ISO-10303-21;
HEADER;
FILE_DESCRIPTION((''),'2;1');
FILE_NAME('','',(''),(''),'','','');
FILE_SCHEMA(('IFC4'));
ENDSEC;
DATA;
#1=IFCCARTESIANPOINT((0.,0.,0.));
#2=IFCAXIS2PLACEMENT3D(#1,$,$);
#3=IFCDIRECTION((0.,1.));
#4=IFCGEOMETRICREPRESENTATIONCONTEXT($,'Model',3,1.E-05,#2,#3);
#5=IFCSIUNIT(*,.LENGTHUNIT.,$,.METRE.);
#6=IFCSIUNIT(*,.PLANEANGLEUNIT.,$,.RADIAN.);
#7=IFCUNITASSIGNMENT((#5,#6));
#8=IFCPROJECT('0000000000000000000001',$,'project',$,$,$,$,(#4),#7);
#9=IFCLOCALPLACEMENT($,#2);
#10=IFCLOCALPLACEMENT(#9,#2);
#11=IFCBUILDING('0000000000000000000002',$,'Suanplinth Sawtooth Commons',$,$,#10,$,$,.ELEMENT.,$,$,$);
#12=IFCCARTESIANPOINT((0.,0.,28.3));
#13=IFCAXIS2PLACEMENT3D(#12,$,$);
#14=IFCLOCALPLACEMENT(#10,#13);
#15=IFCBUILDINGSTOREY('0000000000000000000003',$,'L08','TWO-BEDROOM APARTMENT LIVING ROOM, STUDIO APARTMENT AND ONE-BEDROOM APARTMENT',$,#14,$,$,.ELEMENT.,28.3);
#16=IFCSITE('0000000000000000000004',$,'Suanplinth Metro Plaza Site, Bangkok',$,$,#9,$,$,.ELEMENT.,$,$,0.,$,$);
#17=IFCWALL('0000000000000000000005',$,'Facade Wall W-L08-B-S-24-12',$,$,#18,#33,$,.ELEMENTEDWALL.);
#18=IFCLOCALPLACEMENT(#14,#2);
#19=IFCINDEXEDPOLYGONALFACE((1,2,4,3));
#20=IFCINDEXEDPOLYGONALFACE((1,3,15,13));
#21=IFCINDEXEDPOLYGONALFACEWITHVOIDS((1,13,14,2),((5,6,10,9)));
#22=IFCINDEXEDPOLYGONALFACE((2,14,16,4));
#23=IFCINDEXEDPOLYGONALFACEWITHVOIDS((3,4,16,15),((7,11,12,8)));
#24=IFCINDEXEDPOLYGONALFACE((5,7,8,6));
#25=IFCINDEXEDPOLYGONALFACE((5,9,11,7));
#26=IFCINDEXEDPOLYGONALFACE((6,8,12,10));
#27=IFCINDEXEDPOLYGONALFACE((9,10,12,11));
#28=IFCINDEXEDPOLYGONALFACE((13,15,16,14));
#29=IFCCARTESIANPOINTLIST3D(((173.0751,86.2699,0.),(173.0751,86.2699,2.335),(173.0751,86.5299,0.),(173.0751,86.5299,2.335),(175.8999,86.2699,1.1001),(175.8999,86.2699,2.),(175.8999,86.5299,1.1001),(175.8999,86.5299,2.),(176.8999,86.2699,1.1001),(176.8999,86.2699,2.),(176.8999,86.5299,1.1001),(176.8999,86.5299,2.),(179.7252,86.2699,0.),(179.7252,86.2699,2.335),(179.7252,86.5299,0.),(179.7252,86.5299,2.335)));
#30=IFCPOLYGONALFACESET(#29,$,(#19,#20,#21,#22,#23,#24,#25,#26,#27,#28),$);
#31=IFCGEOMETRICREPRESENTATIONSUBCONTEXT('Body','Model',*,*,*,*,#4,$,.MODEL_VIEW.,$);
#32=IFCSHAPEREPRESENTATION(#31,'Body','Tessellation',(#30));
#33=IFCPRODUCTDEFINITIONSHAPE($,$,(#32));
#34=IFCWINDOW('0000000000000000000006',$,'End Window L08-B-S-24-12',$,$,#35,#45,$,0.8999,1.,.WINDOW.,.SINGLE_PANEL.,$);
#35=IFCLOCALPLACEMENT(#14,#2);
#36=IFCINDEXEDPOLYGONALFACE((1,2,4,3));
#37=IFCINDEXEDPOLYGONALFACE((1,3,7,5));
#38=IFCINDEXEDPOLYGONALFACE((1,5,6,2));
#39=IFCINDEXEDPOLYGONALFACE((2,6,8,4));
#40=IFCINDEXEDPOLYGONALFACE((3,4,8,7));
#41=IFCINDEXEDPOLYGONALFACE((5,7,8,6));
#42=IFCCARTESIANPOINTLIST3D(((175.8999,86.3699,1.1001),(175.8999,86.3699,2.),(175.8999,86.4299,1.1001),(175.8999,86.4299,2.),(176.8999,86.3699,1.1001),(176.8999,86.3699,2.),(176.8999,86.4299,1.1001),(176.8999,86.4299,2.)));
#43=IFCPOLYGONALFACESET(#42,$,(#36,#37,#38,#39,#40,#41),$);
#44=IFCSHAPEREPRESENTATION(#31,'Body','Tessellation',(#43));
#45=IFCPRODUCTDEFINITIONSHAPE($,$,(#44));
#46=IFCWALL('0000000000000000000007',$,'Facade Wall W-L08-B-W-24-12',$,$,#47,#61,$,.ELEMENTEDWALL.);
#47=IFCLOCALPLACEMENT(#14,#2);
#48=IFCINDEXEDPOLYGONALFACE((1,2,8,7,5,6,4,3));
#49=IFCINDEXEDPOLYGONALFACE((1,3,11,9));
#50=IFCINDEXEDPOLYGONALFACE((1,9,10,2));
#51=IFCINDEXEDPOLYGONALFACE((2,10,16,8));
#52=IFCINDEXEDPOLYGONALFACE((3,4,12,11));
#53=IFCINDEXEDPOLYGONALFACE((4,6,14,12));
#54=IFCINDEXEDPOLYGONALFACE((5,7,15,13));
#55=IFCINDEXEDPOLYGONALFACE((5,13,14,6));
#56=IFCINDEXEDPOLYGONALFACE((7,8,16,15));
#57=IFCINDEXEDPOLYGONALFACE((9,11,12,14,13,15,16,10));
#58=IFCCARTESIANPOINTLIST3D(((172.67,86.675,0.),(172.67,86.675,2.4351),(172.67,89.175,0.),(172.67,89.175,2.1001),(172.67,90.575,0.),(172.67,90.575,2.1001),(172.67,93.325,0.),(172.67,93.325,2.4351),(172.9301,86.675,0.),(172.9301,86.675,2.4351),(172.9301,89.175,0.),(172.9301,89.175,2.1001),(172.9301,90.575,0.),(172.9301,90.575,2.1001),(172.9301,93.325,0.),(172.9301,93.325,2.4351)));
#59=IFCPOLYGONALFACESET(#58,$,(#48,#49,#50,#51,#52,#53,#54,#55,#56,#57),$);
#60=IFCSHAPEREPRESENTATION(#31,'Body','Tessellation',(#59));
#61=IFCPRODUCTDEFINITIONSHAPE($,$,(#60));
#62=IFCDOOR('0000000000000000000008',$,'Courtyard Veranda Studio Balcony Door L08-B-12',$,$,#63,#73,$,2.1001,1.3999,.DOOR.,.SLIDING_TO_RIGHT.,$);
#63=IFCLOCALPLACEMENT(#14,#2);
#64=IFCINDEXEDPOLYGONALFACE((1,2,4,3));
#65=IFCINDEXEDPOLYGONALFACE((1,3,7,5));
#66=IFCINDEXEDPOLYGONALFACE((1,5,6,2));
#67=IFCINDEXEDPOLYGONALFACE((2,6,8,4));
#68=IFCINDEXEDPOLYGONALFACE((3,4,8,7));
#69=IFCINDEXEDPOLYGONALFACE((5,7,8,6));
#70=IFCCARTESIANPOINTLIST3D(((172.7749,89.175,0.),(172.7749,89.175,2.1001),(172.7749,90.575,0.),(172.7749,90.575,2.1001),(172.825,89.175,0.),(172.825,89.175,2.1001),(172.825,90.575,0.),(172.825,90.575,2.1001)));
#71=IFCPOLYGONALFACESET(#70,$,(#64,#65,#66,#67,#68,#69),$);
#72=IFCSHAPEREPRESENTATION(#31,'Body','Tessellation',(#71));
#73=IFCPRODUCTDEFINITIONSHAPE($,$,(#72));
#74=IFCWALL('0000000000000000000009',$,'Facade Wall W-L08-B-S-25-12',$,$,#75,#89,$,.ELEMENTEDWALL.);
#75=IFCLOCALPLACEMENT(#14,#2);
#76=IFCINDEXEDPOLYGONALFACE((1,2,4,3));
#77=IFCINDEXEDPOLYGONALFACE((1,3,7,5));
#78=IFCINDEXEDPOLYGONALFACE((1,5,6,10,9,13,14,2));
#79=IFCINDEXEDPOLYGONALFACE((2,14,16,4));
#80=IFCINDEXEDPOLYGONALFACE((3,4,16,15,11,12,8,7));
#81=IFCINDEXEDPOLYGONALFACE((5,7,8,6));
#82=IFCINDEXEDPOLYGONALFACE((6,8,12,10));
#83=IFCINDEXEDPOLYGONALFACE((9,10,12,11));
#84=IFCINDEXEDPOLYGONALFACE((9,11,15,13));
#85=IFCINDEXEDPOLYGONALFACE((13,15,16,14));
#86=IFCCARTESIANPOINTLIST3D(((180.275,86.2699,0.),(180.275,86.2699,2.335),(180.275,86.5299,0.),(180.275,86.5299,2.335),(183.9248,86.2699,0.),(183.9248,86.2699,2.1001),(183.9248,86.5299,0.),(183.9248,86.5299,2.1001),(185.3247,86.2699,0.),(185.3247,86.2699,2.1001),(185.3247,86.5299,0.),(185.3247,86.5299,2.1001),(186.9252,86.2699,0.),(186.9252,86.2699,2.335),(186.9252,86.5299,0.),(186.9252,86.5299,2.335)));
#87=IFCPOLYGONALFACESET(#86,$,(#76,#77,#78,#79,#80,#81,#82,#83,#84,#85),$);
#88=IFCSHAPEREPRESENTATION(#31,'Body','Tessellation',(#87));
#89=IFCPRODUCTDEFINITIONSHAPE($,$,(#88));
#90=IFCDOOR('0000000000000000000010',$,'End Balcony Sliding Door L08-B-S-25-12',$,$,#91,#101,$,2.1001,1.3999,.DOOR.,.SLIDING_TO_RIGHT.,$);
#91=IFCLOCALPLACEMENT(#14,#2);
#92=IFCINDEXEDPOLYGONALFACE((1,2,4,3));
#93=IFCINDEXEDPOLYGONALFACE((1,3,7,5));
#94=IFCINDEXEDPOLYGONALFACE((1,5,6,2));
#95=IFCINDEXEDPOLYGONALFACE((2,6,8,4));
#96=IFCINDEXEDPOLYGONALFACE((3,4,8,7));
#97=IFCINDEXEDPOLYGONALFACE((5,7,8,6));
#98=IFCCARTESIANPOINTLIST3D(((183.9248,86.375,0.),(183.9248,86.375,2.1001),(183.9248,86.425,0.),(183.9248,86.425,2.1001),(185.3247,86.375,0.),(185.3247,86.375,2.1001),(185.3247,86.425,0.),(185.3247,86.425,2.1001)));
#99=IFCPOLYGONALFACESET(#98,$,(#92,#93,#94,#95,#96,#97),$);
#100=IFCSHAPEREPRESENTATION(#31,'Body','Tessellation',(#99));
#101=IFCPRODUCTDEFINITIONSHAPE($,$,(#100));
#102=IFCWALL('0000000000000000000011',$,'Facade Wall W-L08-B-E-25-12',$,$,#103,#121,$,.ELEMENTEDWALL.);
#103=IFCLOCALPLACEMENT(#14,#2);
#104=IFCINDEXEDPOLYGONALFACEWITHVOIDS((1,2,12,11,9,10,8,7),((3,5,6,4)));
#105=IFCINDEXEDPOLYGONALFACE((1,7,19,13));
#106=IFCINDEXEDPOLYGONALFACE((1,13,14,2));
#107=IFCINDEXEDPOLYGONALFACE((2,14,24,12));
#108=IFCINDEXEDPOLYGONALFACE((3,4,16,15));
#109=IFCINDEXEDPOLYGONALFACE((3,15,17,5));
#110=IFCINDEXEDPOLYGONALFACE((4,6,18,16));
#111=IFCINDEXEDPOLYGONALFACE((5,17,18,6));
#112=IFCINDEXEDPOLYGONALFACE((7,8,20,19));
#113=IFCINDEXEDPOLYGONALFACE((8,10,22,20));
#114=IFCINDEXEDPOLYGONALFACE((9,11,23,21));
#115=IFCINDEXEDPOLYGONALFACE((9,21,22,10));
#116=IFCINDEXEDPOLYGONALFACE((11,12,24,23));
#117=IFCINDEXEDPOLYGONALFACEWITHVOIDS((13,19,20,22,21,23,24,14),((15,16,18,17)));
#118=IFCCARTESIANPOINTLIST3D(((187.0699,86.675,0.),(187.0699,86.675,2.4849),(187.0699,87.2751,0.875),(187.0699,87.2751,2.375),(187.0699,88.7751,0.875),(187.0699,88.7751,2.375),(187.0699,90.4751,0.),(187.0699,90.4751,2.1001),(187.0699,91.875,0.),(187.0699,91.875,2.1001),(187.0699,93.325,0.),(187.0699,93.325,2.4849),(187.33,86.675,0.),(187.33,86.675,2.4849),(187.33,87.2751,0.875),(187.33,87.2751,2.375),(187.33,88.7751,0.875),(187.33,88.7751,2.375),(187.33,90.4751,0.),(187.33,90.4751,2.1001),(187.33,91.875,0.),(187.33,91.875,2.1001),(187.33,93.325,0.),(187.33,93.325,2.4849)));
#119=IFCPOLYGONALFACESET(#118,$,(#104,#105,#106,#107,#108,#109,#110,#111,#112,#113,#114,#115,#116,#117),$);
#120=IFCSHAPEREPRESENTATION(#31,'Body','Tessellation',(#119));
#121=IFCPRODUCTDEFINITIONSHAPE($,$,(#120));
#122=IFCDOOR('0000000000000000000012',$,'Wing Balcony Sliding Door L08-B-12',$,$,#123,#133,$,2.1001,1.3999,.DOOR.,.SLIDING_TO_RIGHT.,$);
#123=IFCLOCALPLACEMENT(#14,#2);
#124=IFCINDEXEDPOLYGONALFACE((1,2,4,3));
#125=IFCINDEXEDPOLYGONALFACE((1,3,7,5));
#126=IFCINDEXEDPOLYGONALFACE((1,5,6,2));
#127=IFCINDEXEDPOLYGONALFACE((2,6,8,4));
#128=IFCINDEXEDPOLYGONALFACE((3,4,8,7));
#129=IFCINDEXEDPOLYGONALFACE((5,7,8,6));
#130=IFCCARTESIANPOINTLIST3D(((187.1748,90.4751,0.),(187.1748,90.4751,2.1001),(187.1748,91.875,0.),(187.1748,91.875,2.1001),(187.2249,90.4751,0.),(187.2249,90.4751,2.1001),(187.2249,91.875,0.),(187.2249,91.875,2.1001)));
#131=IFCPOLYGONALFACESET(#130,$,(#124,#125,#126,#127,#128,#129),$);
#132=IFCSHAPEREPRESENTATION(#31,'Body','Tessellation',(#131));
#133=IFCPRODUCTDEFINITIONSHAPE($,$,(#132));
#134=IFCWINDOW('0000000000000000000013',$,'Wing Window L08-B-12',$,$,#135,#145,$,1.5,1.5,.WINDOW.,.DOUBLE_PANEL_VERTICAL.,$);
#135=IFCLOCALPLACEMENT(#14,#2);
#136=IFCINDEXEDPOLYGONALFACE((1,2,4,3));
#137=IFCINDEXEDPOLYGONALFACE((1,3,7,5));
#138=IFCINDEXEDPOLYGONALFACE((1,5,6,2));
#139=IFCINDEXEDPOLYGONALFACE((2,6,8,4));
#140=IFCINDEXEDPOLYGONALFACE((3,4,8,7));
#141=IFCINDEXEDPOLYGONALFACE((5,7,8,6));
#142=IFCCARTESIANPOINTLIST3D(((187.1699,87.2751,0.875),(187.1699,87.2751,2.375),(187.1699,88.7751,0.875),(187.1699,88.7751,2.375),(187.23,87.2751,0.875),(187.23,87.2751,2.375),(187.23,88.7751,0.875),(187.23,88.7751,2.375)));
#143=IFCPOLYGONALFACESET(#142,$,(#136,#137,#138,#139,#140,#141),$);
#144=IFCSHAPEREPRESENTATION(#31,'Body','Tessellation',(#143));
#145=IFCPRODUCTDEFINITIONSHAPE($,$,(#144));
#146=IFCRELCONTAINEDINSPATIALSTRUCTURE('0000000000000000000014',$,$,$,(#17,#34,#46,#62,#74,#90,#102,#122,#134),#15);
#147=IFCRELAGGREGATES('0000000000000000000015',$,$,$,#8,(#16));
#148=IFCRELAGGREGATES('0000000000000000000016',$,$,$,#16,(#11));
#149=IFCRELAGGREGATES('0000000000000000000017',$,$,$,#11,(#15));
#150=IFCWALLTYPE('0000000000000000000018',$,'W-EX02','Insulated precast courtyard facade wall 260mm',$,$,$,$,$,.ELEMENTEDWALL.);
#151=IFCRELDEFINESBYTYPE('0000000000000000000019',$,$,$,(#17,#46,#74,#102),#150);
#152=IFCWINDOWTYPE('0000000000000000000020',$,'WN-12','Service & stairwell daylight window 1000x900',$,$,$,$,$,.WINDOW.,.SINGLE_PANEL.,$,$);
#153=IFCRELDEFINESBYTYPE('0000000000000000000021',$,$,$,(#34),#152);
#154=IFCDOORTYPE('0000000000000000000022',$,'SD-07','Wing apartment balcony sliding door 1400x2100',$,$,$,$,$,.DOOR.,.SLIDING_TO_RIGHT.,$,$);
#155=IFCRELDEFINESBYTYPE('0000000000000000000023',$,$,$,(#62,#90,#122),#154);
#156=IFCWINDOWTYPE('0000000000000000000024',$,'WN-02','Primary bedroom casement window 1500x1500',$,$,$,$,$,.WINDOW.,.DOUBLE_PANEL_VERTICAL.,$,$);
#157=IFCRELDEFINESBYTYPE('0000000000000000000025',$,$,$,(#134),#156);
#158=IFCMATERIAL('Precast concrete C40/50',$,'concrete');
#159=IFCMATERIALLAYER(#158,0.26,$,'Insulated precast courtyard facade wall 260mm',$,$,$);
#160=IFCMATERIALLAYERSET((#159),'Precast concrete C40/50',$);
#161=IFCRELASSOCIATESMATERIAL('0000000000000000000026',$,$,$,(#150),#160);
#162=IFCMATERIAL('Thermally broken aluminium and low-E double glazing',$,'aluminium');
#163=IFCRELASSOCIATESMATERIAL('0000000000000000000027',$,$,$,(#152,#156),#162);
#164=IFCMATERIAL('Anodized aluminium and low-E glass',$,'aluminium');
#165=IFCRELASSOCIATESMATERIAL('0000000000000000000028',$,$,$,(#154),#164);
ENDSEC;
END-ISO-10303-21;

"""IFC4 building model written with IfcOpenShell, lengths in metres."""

from ifc_helpers import new_model, si_unit, direction, frame, frame_2d, origin, place, context, subcontext, project, spatial, rectangle, extrude, material, layer, layer_set, type_object, element, fill, save


model = new_model("IFC4")

# Units and contexts
model_context = context("Model", 3, precision=1e-05, world=origin(), true_north=direction((0.0, 1.0)))
body_context = subcontext(model_context, "Body", "Model", "MODEL_VIEW")
ifc_project = project(units=[si_unit("LENGTHUNIT", "METRE"), si_unit("PLANEANGLEUNIT", "RADIAN")], contexts=[model_context])

# Site, building, storey
site_placement = place(None, origin())
site = spatial("IfcSite", under=ifc_project, at=site_placement, Name="Suanplinth Metro Plaza Site, Bangkok", CompositionType="ELEMENT", RefElevation=0.0)
building_placement = place(site_placement, origin())
building = spatial("IfcBuilding", under=site, at=building_placement, Name="Suanplinth Sawtooth Commons", CompositionType="ELEMENT")
storey_placement = place(building_placement, frame((0.0, 0.0, 28.3)))
storey = spatial("IfcBuildingStorey", under=building, at=storey_placement, Name="L08", Description="TWO-BEDROOM APARTMENT LIVING ROOM, STUDIO APARTMENT AND ONE-BEDROOM APARTMENT", CompositionType="ELEMENT", Elevation=28.3)

# Shared definitions
ifc_material_1 = material(Name="Precast concrete C40/50", Category="concrete")

# Wall, opening, window
ifc_layer_1 = layer(ifc_material_1, 0.26, Name="Insulated precast courtyard facade wall 260mm")
ifc_layer_set_1 = layer_set([ifc_layer_1], Name="Precast concrete C40/50")
wall_type_1 = type_object("IfcWallType", Name="W-EX02", Description="Insulated precast courtyard facade wall 260mm", PredefinedType="ELEMENTEDWALL", material=ifc_layer_set_1)
wall_1_placement = place(storey_placement, frame((173.075, 86.3999, 0.0), z_axis=(0.0, 0.0, 1.0), x_axis=(1.0, 0.0, 0.0)))
wall_1 = element("IfcWall", 1, at=wall_1_placement, inside=storey, type_object=wall_type_1, Name="Facade Wall W-L08-B-S-24-12", PredefinedType="ELEMENTEDWALL", context=body_context, shape_type="SweptSolid", body=[
    extrude(rectangle(XDim=6.6501, YDim=0.26, at=frame_2d((3.3252, 0.0))), origin(), (0.0, 0.0, 1.0), 2.335),
])
opening_1_placement = place(wall_1_placement, frame((2.825, 0.0, 1.1001)))
opening_1 = element("IfcOpeningElement", 2, at=opening_1_placement, cuts=wall_1, PredefinedType="OPENING", context=body_context, shape_type="SweptSolid", body=[
    extrude(rectangle(XDim=1.0, YDim=0.8999, at=frame_2d((0.5, 0.45))), frame((0.0, 0.145, 0.0), z_axis=(0.0, -1.0, 0.0), x_axis=(1.0, 0.0, 0.0)), (0.0, 0.0, 1.0), 0.2898),
])
ifc_material_2 = material(Name="Thermally broken aluminium and low-E double glazing", Category="aluminium")
window_type_1 = type_object("IfcWindowType", Name="WN-12", Description="Service & stairwell daylight window 1000x900", PartitioningType="SINGLE_PANEL", PredefinedType="WINDOW", material=ifc_material_2)
window_1_placement = place(opening_1_placement, origin())
window_1 = element("IfcWindow", 3, at=window_1_placement, inside=storey, type_object=window_type_1, Name="End Window L08-B-S-24-12", OverallHeight=0.8999, OverallWidth=1.0, PartitioningType="SINGLE_PANEL", PredefinedType="WINDOW", context=body_context, shape_type="SweptSolid", body=[
    extrude(rectangle(XDim=1.0, YDim=0.8999, at=frame_2d((0.5, 0.45))), frame((0.0, 0.03, 0.0), z_axis=(0.0, -1.0, 0.0), x_axis=(1.0, 0.0, 0.0)), (0.0, 0.0, 1.0), 0.0601),
])
fill(opening_1, window_1)

# Walls, openings, doors
wall_2_placement = place(storey_placement, frame((172.8, 86.675, 0.0), z_axis=(0.0, 0.0, 1.0), x_axis=(0.0, 1.0, 0.0)))
wall_2 = element("IfcWall", 4, at=wall_2_placement, inside=storey, type_object=wall_type_1, Name="Facade Wall W-L08-B-W-24-12", PredefinedType="ELEMENTEDWALL", context=body_context, shape_type="SweptSolid", body=[
    extrude(rectangle(XDim=6.6499, YDim=0.26, at=frame_2d((3.325, 0.0))), origin(), (0.0, 0.0, 1.0), 2.4351),
])
opening_2_placement = place(wall_2_placement, frame((2.5, 0.0, 0.0)))
opening_2 = element("IfcOpeningElement", 5, at=opening_2_placement, cuts=wall_2, PredefinedType="OPENING", context=body_context, shape_type="SweptSolid", body=[
    extrude(rectangle(XDim=1.3999, YDim=2.1001, at=frame_2d((0.7, 1.05))), frame((0.0, 0.145, 0.0), z_axis=(0.0, -1.0, 0.0), x_axis=(1.0, 0.0, 0.0)), (0.0, 0.0, 1.0), 0.2898),
])
ifc_material_3 = material(Name="Anodized aluminium and low-E glass", Category="aluminium")
door_type_1 = type_object("IfcDoorType", Name="SD-07", Description="Wing apartment balcony sliding door 1400x2100", OperationType="SLIDING_TO_RIGHT", PredefinedType="DOOR", material=ifc_material_3)
door_1_placement = place(opening_2_placement, frame((1.3999, 0.0, 0.0), z_axis=(0.0, 0.0, 1.0), x_axis=(-1.0, 0.0, 0.0)))
door_1 = element("IfcDoor", 6, at=door_1_placement, inside=storey, type_object=door_type_1, Name="Courtyard Veranda Studio Balcony Door L08-B-12", OperationType="SLIDING_TO_RIGHT", OverallHeight=2.1001, OverallWidth=1.3999, PredefinedType="DOOR", context=body_context, shape_type="SweptSolid", body=[
    extrude(rectangle(XDim=1.3999, YDim=2.1001, at=frame_2d((0.7, 1.05))), frame((0.0, 0.0249, 0.0), z_axis=(0.0, -1.0, 0.0), x_axis=(1.0, 0.0, 0.0)), (0.0, 0.0, 1.0), 0.05),
])
fill(opening_2, door_1)
wall_3_placement = place(storey_placement, frame((180.2749, 86.3999, 0.0), z_axis=(0.0, 0.0, 1.0), x_axis=(1.0, 0.0, 0.0)))
wall_3 = element("IfcWall", 7, at=wall_3_placement, inside=storey, type_object=wall_type_1, Name="Facade Wall W-L08-B-S-25-12", PredefinedType="ELEMENTEDWALL", context=body_context, shape_type="SweptSolid", body=[
    extrude(rectangle(XDim=6.6501, YDim=0.26, at=frame_2d((3.3252, 0.0))), origin(), (0.0, 0.0, 1.0), 2.335),
])
opening_3_placement = place(wall_3_placement, frame((3.6499, 0.0, 0.0)))
opening_3 = element("IfcOpeningElement", 8, at=opening_3_placement, cuts=wall_3, PredefinedType="OPENING", context=body_context, shape_type="SweptSolid", body=[
    extrude(rectangle(XDim=1.3999, YDim=2.1001, at=frame_2d((0.7, 1.05))), frame((0.0, 0.145, 0.0), z_axis=(0.0, -1.0, 0.0), x_axis=(1.0, 0.0, 0.0)), (0.0, 0.0, 1.0), 0.2898),
])
door_2_placement = place(opening_3_placement, frame((1.3999, 0.0, 0.0), z_axis=(0.0, 0.0, 1.0), x_axis=(-1.0, 0.0, 0.0)))
door_2 = element("IfcDoor", 9, at=door_2_placement, inside=storey, type_object=door_type_1, Name="End Balcony Sliding Door L08-B-S-25-12", OperationType="SLIDING_TO_RIGHT", OverallHeight=2.1001, OverallWidth=1.3999, PredefinedType="DOOR", context=body_context, shape_type="SweptSolid", body=[
    extrude(rectangle(XDim=1.3999, YDim=2.1001, at=frame_2d((0.7, 1.05))), frame((0.0, 0.0249, 0.0), z_axis=(0.0, -1.0, 0.0), x_axis=(1.0, 0.0, 0.0)), (0.0, 0.0, 1.0), 0.05),
])
fill(opening_3, door_2)

# Wall, openings, door, window
wall_4_placement = place(storey_placement, frame((187.2, 86.675, 0.0), z_axis=(0.0, 0.0, 1.0), x_axis=(0.0, 1.0, 0.0)))
wall_4 = element("IfcWall", 10, at=wall_4_placement, inside=storey, type_object=wall_type_1, Name="Facade Wall W-L08-B-E-25-12", PredefinedType="ELEMENTEDWALL", context=body_context, shape_type="SweptSolid", body=[
    extrude(rectangle(XDim=6.6499, YDim=0.26, at=frame_2d((3.325, 0.0))), origin(), (0.0, 0.0, 1.0), 2.4849),
])
opening_4_placement = place(wall_4_placement, frame((3.8, 0.0, 0.0)))
opening_4 = element("IfcOpeningElement", 11, at=opening_4_placement, cuts=wall_4, PredefinedType="OPENING", context=body_context, shape_type="SweptSolid", body=[
    extrude(rectangle(XDim=1.3999, YDim=2.1001, at=frame_2d((0.7, 1.05))), frame((0.0, 0.145, 0.0), z_axis=(0.0, -1.0, 0.0), x_axis=(1.0, 0.0, 0.0)), (0.0, 0.0, 1.0), 0.2898),
])
opening_5_placement = place(wall_4_placement, frame((0.6001, 0.0, 0.875)))
opening_5 = element("IfcOpeningElement", 12, at=opening_5_placement, cuts=wall_4, PredefinedType="OPENING", context=body_context, shape_type="SweptSolid", body=[
    extrude(rectangle(XDim=1.5, YDim=1.5, at=frame_2d((0.75, 0.75))), frame((0.0, 0.145, 0.0), z_axis=(0.0, -1.0, 0.0), x_axis=(1.0, 0.0, 0.0)), (0.0, 0.0, 1.0), 0.2898),
])
door_3_placement = place(opening_4_placement, frame((1.3999, 0.0, 0.0), z_axis=(0.0, 0.0, 1.0), x_axis=(-1.0, 0.0, 0.0)))
door_3 = element("IfcDoor", 13, at=door_3_placement, inside=storey, type_object=door_type_1, Name="Wing Balcony Sliding Door L08-B-12", OperationType="SLIDING_TO_RIGHT", OverallHeight=2.1001, OverallWidth=1.3999, PredefinedType="DOOR", context=body_context, shape_type="SweptSolid", body=[
    extrude(rectangle(XDim=1.3999, YDim=2.1001, at=frame_2d((0.7, 1.05))), frame((0.0, 0.0249, 0.0), z_axis=(0.0, -1.0, 0.0), x_axis=(1.0, 0.0, 0.0)), (0.0, 0.0, 1.0), 0.05),
])
fill(opening_4, door_3)
window_type_2 = type_object("IfcWindowType", Name="WN-02", Description="Primary bedroom casement window 1500x1500", PartitioningType="DOUBLE_PANEL_VERTICAL", PredefinedType="WINDOW", material=ifc_material_2)
window_2_placement = place(opening_5_placement, origin())
window_2 = element("IfcWindow", 14, at=window_2_placement, inside=storey, type_object=window_type_2, Name="Wing Window L08-B-12", OverallHeight=1.5, OverallWidth=1.5, PartitioningType="DOUBLE_PANEL_VERTICAL", PredefinedType="WINDOW", context=body_context, shape_type="SweptSolid", body=[
    extrude(rectangle(XDim=1.5, YDim=1.5, at=frame_2d((0.75, 0.75))), frame((0.0, 0.03, 0.0), z_axis=(0.0, -1.0, 0.0), x_axis=(1.0, 0.0, 0.0)), (0.0, 0.0, 1.0), 0.0601),
])
fill(opening_5, window_2)

save(model, "model.ifc")
